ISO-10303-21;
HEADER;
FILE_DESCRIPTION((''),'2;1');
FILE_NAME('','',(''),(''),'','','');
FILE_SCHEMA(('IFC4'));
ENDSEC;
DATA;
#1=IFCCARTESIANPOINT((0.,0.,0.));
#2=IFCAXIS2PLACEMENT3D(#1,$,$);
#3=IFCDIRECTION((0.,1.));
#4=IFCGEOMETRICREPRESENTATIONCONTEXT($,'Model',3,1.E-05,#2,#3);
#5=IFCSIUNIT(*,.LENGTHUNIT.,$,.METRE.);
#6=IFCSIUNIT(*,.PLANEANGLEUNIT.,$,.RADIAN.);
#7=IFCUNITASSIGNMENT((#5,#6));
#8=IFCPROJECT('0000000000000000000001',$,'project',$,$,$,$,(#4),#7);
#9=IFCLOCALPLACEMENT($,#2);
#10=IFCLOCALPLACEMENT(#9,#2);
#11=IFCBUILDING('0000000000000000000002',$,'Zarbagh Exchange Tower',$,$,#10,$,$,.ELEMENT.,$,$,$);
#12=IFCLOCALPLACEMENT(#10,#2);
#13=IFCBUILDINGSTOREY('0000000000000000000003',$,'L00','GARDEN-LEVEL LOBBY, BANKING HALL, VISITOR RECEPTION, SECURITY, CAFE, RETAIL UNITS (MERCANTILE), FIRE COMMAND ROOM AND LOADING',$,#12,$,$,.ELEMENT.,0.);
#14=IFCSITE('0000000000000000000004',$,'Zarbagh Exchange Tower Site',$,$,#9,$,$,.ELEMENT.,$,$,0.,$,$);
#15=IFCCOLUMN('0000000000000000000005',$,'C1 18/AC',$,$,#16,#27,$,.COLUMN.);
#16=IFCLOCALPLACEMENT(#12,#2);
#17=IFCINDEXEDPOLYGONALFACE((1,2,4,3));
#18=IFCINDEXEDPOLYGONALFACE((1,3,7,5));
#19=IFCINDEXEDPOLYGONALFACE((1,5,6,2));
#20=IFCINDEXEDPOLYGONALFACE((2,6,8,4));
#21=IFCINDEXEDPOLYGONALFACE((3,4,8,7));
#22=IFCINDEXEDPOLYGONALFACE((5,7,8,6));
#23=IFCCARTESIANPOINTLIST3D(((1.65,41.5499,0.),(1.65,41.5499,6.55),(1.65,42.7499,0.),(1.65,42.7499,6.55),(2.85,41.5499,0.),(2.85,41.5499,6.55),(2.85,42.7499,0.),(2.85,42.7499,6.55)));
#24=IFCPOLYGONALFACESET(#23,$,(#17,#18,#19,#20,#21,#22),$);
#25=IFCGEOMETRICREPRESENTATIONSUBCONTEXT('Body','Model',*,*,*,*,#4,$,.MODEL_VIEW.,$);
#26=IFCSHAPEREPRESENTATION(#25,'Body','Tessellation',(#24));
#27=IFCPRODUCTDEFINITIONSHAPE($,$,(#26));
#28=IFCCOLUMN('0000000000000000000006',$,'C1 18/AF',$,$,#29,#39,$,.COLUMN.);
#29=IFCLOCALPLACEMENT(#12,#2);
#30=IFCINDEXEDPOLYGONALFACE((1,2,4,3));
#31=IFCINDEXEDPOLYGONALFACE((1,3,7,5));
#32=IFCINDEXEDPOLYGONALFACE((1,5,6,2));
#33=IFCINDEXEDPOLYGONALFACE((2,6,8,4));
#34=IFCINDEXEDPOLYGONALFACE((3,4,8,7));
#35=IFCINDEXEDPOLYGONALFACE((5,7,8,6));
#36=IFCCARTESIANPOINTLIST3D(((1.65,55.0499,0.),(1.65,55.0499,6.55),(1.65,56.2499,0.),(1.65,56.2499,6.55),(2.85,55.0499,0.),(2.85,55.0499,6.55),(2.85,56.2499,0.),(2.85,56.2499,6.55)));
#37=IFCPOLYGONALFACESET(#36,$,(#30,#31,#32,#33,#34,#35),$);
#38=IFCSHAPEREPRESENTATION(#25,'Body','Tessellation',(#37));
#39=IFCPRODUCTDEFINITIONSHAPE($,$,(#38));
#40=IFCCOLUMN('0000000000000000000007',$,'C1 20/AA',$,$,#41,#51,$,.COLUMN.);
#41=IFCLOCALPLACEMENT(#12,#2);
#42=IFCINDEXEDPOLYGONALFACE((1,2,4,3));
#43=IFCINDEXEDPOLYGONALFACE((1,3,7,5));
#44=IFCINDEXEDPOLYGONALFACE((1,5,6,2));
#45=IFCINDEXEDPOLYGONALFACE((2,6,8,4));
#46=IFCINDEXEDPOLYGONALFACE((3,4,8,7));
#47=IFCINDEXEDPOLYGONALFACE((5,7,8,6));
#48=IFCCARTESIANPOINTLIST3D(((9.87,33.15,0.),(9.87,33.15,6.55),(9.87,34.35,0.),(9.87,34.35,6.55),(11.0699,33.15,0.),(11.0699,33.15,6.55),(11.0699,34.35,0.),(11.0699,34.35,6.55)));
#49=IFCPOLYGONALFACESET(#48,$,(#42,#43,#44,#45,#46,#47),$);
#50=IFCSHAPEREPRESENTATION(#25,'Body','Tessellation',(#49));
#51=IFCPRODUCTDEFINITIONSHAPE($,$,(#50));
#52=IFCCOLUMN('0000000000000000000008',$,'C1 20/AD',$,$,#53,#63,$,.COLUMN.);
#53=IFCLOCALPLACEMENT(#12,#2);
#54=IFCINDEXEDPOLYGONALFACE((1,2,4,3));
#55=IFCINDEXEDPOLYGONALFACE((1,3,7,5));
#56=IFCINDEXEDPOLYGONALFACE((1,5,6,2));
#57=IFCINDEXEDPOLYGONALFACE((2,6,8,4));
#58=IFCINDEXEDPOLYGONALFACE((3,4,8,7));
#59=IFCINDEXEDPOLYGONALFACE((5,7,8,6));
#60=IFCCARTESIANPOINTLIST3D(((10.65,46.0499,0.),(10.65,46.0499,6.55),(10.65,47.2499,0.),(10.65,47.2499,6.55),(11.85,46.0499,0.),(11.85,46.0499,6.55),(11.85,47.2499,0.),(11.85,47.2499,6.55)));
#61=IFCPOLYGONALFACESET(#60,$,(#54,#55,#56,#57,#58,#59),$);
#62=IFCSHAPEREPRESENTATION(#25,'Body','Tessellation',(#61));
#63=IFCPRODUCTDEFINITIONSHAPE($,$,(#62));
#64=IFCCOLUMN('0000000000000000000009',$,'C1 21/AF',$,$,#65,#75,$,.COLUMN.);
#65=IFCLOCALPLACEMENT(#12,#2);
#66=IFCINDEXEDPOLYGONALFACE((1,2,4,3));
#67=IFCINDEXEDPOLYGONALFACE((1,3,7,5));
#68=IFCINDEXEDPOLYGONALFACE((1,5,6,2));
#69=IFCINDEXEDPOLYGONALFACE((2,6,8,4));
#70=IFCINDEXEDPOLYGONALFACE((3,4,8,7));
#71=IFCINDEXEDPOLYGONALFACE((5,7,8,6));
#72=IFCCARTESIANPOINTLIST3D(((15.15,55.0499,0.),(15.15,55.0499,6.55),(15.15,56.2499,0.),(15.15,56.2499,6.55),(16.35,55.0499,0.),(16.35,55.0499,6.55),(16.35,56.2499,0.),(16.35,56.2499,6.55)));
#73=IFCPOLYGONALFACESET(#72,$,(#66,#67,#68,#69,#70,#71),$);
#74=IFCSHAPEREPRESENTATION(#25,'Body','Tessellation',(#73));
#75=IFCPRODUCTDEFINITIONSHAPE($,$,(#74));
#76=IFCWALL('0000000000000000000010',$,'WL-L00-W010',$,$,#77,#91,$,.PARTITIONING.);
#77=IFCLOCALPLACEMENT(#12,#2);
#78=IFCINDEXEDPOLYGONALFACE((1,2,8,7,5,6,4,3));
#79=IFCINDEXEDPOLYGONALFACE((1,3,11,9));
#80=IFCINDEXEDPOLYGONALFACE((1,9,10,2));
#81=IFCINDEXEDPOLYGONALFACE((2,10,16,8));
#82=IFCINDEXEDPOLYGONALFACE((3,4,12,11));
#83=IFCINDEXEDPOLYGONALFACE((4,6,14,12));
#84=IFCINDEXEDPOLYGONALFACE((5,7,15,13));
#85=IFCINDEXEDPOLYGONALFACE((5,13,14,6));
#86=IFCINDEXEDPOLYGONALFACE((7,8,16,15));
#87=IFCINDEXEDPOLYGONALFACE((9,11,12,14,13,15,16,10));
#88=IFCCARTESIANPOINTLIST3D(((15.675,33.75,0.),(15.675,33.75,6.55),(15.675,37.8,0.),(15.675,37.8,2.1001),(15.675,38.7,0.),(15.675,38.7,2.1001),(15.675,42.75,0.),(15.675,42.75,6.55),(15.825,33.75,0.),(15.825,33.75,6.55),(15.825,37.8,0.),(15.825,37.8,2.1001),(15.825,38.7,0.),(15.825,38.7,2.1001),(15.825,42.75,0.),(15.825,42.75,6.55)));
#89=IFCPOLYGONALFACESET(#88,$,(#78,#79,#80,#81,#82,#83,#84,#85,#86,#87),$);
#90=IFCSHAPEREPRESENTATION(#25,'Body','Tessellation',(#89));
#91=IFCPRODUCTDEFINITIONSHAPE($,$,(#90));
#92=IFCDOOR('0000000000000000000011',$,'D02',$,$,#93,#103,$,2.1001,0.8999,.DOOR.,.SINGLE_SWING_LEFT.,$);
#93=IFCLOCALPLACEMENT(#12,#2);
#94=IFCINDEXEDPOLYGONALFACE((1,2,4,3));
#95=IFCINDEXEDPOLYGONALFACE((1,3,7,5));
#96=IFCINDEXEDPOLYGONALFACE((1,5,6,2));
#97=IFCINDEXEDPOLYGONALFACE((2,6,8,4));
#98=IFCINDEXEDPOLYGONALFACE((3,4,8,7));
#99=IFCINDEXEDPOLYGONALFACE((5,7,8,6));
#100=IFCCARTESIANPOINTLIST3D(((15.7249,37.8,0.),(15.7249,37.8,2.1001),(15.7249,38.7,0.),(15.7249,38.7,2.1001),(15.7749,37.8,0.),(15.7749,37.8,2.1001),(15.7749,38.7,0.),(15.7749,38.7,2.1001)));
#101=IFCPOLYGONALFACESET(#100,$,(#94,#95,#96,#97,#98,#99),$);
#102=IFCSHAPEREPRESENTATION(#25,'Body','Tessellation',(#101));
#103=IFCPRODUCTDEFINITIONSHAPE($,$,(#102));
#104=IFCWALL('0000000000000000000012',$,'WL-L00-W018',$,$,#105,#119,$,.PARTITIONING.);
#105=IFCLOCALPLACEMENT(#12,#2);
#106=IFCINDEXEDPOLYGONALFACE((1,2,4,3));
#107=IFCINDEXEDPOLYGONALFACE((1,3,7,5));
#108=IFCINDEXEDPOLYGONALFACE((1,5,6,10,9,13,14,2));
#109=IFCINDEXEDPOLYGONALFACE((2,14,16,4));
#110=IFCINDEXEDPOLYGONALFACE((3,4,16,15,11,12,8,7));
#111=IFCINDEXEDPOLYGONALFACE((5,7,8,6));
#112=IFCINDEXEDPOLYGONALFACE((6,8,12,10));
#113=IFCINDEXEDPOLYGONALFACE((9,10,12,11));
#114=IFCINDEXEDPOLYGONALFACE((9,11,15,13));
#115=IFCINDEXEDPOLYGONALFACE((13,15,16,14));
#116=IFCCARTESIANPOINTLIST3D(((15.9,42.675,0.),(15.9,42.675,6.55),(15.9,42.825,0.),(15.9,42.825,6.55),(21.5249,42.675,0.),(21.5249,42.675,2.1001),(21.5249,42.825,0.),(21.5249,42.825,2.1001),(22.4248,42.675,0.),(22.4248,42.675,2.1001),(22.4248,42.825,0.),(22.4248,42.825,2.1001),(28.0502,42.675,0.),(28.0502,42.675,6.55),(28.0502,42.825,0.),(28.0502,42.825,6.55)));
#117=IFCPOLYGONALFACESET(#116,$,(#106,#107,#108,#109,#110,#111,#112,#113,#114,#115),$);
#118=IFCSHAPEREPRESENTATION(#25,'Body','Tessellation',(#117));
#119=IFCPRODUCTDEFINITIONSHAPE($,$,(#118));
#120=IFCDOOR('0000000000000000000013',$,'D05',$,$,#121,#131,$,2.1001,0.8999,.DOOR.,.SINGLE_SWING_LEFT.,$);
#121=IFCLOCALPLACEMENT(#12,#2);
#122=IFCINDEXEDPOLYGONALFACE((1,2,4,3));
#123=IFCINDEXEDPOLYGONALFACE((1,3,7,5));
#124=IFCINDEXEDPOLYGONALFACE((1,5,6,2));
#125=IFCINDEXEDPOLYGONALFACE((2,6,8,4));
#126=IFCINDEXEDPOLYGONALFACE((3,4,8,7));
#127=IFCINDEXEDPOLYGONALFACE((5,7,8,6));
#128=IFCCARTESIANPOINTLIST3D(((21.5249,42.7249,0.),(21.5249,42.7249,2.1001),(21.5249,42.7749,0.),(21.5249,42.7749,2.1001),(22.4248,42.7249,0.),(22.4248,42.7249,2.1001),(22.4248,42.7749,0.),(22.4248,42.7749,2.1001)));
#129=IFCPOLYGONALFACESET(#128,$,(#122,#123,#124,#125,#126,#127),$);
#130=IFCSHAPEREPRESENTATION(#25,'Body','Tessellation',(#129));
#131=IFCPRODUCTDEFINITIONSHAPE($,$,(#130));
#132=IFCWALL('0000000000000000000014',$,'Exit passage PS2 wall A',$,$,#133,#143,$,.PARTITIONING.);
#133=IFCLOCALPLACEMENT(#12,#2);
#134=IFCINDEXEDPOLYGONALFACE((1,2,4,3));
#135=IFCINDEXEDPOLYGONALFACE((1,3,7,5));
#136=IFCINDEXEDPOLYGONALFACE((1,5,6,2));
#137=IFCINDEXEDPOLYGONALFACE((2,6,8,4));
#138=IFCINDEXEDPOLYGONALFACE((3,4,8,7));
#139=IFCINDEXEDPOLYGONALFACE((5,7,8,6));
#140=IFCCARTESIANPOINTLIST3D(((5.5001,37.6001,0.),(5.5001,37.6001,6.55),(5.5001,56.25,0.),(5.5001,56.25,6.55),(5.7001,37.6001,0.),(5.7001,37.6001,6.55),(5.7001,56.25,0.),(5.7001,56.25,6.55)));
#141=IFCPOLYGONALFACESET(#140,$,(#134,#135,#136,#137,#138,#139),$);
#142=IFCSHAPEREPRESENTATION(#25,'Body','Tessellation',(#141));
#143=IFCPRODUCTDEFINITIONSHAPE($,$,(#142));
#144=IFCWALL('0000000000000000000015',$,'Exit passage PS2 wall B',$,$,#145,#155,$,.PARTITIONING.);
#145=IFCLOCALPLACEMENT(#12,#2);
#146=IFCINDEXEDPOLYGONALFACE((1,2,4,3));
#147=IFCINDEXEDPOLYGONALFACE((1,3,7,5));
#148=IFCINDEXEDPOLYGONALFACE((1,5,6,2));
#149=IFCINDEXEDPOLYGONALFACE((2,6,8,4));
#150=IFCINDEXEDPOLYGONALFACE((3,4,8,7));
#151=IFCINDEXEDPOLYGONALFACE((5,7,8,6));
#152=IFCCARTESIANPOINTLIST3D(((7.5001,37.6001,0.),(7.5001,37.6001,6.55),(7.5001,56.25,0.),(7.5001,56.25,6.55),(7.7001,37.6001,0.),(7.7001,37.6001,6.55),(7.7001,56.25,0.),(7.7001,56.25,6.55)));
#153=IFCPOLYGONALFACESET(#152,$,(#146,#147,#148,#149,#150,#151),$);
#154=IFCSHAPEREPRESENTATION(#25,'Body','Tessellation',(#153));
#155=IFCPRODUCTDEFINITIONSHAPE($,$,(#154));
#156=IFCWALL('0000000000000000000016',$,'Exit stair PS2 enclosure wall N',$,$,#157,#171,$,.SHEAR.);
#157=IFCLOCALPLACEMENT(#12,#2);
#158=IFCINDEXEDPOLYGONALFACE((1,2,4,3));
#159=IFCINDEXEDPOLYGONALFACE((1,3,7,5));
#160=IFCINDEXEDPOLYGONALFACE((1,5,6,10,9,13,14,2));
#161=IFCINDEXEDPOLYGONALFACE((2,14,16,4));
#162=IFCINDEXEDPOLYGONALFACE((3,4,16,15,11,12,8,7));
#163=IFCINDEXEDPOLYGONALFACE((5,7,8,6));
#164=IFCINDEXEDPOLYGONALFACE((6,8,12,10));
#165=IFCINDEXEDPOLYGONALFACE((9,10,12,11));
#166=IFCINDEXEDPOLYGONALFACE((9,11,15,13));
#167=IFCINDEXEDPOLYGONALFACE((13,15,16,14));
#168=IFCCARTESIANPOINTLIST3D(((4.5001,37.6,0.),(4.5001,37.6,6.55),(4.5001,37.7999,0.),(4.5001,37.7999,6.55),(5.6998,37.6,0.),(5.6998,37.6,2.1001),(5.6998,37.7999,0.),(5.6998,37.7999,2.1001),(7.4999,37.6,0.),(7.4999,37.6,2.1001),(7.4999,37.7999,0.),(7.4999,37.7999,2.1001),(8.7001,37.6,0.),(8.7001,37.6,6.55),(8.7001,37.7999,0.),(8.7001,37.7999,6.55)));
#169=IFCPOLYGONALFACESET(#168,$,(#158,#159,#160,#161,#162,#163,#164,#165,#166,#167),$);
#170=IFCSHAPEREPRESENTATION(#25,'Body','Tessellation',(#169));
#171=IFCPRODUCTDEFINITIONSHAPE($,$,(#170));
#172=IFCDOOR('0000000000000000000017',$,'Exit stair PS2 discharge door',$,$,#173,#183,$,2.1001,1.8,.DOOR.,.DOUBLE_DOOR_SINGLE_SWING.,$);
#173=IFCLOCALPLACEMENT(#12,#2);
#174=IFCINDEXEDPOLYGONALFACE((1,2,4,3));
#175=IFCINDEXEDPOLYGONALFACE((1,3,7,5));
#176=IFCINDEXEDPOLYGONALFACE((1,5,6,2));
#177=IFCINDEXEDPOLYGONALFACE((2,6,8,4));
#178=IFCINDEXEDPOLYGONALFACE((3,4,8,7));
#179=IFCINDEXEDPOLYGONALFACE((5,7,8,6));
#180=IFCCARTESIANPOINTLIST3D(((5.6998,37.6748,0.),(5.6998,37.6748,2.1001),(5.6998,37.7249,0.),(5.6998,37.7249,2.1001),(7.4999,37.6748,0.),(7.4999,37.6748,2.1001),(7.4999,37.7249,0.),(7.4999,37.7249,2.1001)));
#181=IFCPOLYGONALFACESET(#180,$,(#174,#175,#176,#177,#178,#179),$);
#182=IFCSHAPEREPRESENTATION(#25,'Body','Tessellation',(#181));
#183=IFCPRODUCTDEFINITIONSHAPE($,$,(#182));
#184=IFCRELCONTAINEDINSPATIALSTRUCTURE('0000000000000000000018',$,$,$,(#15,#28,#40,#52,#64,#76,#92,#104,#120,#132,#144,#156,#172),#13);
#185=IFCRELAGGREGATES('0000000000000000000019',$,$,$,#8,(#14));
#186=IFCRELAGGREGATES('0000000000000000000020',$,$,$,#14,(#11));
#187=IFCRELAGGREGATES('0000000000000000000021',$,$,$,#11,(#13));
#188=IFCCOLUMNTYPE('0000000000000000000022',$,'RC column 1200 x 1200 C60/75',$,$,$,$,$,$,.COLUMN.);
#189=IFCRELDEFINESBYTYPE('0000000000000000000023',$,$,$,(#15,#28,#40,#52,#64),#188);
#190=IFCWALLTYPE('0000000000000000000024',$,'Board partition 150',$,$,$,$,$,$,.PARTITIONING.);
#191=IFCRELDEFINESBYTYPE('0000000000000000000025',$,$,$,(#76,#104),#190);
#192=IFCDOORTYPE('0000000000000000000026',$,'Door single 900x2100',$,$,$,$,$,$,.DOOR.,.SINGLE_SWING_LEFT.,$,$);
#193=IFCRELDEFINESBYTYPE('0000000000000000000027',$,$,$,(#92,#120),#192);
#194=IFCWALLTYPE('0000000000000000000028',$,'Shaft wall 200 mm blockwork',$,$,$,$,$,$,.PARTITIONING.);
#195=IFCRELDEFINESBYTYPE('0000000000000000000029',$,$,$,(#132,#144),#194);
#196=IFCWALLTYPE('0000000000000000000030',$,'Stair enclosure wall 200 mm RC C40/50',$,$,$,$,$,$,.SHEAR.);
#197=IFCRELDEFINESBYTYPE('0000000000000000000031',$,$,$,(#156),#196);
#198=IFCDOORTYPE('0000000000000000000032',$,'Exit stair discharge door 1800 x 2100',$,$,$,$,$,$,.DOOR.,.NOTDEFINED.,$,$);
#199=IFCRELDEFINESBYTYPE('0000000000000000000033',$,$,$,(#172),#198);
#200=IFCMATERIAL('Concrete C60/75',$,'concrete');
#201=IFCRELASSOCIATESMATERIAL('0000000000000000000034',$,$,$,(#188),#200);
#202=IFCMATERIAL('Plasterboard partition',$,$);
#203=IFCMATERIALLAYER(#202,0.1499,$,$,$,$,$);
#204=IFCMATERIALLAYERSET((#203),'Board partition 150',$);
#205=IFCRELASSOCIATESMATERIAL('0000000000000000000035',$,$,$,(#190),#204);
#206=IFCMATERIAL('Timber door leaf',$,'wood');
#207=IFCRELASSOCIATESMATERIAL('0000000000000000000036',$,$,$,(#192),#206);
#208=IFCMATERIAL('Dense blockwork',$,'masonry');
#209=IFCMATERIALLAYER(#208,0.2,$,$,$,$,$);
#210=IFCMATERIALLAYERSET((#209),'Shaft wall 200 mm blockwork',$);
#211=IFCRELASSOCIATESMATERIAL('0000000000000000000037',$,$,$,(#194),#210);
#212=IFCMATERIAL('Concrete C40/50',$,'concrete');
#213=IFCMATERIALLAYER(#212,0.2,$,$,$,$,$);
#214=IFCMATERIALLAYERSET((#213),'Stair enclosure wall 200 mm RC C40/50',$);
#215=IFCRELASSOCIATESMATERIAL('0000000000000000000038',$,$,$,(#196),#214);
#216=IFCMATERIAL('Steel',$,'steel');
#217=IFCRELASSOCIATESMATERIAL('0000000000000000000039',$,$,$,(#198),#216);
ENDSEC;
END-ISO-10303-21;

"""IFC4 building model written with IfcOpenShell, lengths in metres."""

from ifc_helpers import new_model, si_unit, direction, frame, frame_2d, origin, origin_2d, place, context, subcontext, project, spatial, rectangle, extrude, material, layer, layer_set, material_profile, profile_set, type_object, element, fill, save


model = new_model("IFC4")

# Units and contexts
model_context = context("Model", 3, precision=1e-05, world=origin(), true_north=direction((0.0, 1.0)))
body_context = subcontext(model_context, "Body", "Model", "MODEL_VIEW")
ifc_project = project(units=[si_unit("LENGTHUNIT", "METRE"), si_unit("PLANEANGLEUNIT", "RADIAN")], contexts=[model_context])

# Site, building, storey
site_placement = place(None, origin())
site = spatial("IfcSite", under=ifc_project, at=site_placement, Name="Zarbagh Exchange Tower Site", CompositionType="ELEMENT", RefElevation=0.0)
building_placement = place(site_placement, origin())
building = spatial("IfcBuilding", under=site, at=building_placement, Name="Zarbagh Exchange Tower", CompositionType="ELEMENT")
storey_placement = place(building_placement, origin())
storey = spatial("IfcBuildingStorey", under=building, at=storey_placement, Name="L00", Description="GARDEN-LEVEL LOBBY, BANKING HALL, VISITOR RECEPTION, SECURITY, CAFE, RETAIL UNITS (MERCANTILE), FIRE COMMAND ROOM AND LOADING", CompositionType="ELEMENT", Elevation=0.0)

# Columns
ifc_material_1 = material(Name="Concrete C60/75", Category="concrete")
ifc_material_profile = material_profile(ifc_material_1, rectangle(XDim=1.2, YDim=1.2, at=origin_2d()), Name="RC column 1200 x 1200 C60/75")
ifc_profile_set = profile_set([ifc_material_profile], Name="Concrete C60/75")
column_type = type_object("IfcColumnType", Name="RC column 1200 x 1200 C60/75", PredefinedType="COLUMN", material=ifc_profile_set)
for number, where, z_axis, x_axis, name in (
    (1, (2.25, 42.1499, 0.0), (0.0, 0.0, 1.0), (1.0, 0.0, 0.0), "C1 18/AC"),
    (2, (2.25, 55.6499, 0.0), (0.0, 0.0, 1.0), (1.0, 0.0, 0.0), "C1 18/AF"),
    (3, (10.47, 33.75, 0.0), (0.0, 0.0, 1.0), (1.0, 0.0, 0.0), "C1 20/AA"),
    (4, (11.25, 46.6499, 0.0), (0.0, 0.0, 1.0), (1.0, 0.0, 0.0), "C1 20/AD"),
    (5, (15.75, 55.6499, 0.0), (0.0, 0.0, 1.0), (1.0, 0.0, 0.0), "C1 21/AF"),
):
    element("IfcColumn", number, at=place(storey_placement, frame(where, z_axis=z_axis, x_axis=x_axis)), inside=storey, type_object=column_type, Name=name, PredefinedType="COLUMN", context=body_context, shape_type="SweptSolid", body=[
        extrude(rectangle(XDim=1.2, YDim=1.2, at=origin_2d()), origin(), (0.0, 0.0, 1.0), 6.55),
    ])

# Walls, openings, doors
ifc_material_2 = material(Name="Plasterboard partition")
ifc_layer_1 = layer(ifc_material_2, 0.1499)
ifc_layer_set_1 = layer_set([ifc_layer_1], Name="Board partition 150")
wall_type_1 = type_object("IfcWallType", Name="Board partition 150", PredefinedType="PARTITIONING", material=ifc_layer_set_1)
wall_1_placement = place(storey_placement, frame((15.75, 42.75, 0.0), z_axis=(0.0, 0.0, 1.0), x_axis=(0.0, -1.0, 0.0)))
wall_1 = element("IfcWall", 6, at=wall_1_placement, inside=storey, type_object=wall_type_1, Name="WL-L00-W010", PredefinedType="PARTITIONING", context=body_context, shape_type="SweptSolid", body=[
    extrude(rectangle(XDim=9.0, YDim=0.1499, at=frame_2d((4.5, 0.0))), origin(), (0.0, 0.0, 1.0), 6.55),
])
opening_1_placement = place(wall_1_placement, frame((4.05, 0.0, 0.0)))
opening_1 = element("IfcOpeningElement", 7, at=opening_1_placement, cuts=wall_1, PredefinedType="OPENING", context=body_context, shape_type="SweptSolid", body=[
    extrude(rectangle(XDim=0.8999, YDim=2.1001, at=frame_2d((0.45, 1.05))), frame((0.0, 0.085, 0.0), z_axis=(0.0, -1.0, 0.0), x_axis=(1.0, 0.0, 0.0)), (0.0, 0.0, 1.0), 0.1699),
])
ifc_material_3 = material(Name="Timber door leaf", Category="wood")
door_type_1 = type_object("IfcDoorType", Name="Door single 900x2100", OperationType="SINGLE_SWING_LEFT", PredefinedType="DOOR", material=ifc_material_3)
door_1_placement = place(opening_1_placement, origin())
door_1 = element("IfcDoor", 8, at=door_1_placement, inside=storey, type_object=door_type_1, Name="D02", OperationType="SINGLE_SWING_LEFT", OverallHeight=2.1001, OverallWidth=0.8999, PredefinedType="DOOR", context=body_context, shape_type="SweptSolid", body=[
    extrude(rectangle(XDim=0.8999, YDim=2.1001, at=frame_2d((0.45, 1.05))), frame((0.0, 0.0249, 0.0), z_axis=(0.0, -1.0, 0.0), x_axis=(1.0, 0.0, 0.0)), (0.0, 0.0, 1.0), 0.05),
])
fill(opening_1, door_1)
wall_2_placement = place(storey_placement, frame((15.8999, 42.75, 0.0), z_axis=(0.0, 0.0, 1.0), x_axis=(1.0, 0.0, 0.0)))
wall_2 = element("IfcWall", 9, at=wall_2_placement, inside=storey, type_object=wall_type_1, Name="WL-L00-W018", PredefinedType="PARTITIONING", context=body_context, shape_type="SweptSolid", body=[
    extrude(rectangle(XDim=12.1501, YDim=0.1499, at=frame_2d((6.0752, 0.0))), origin(), (0.0, 0.0, 1.0), 6.55),
])
opening_2_placement = place(wall_2_placement, frame((5.625, 0.0, 0.0)))
opening_2 = element("IfcOpeningElement", 10, at=opening_2_placement, cuts=wall_2, PredefinedType="OPENING", context=body_context, shape_type="SweptSolid", body=[
    extrude(rectangle(XDim=0.8999, YDim=2.1001, at=frame_2d((0.45, 1.05))), frame((0.0, 0.085, 0.0), z_axis=(0.0, -1.0, 0.0), x_axis=(1.0, 0.0, 0.0)), (0.0, 0.0, 1.0), 0.1699),
])
door_2_placement = place(opening_2_placement, origin())
door_2 = element("IfcDoor", 11, at=door_2_placement, inside=storey, type_object=door_type_1, Name="D05", OperationType="SINGLE_SWING_LEFT", OverallHeight=2.1001, OverallWidth=0.8999, PredefinedType="DOOR", context=body_context, shape_type="SweptSolid", body=[
    extrude(rectangle(XDim=0.8999, YDim=2.1001, at=frame_2d((0.45, 1.05))), frame((0.0, 0.0249, 0.0), z_axis=(0.0, -1.0, 0.0), x_axis=(1.0, 0.0, 0.0)), (0.0, 0.0, 1.0), 0.05),
])
fill(opening_2, door_2)

# Walls
ifc_material_4 = material(Name="Dense blockwork", Category="masonry")
ifc_layer_2 = layer(ifc_material_4, 0.2)
ifc_layer_set_2 = layer_set([ifc_layer_2], Name="Shaft wall 200 mm blockwork")
wall_type_2 = type_object("IfcWallType", Name="Shaft wall 200 mm blockwork", PredefinedType="PARTITIONING", material=ifc_layer_set_2)
for number, where, z_axis, x_axis, name in (
    (12, (5.6001, 37.6001, 0.0), (0.0, 0.0, 1.0), (0.0, 1.0, 0.0), "Exit passage PS2 wall A"),
    (13, (7.6001, 37.6001, 0.0), (0.0, 0.0, 1.0), (0.0, 1.0, 0.0), "Exit passage PS2 wall B"),
):
    element("IfcWall", number, at=place(storey_placement, frame(where, z_axis=z_axis, x_axis=x_axis)), inside=storey, type_object=wall_type_2, Name=name, PredefinedType="PARTITIONING", context=body_context, shape_type="SweptSolid", body=[
        extrude(rectangle(XDim=18.6499, YDim=0.2, at=frame_2d((9.325, 0.0))), origin(), (0.0, 0.0, 1.0), 6.55),
    ])

# Wall, opening, door
ifc_material_5 = material(Name="Concrete C40/50", Category="concrete")
ifc_layer_3 = layer(ifc_material_5, 0.2)
ifc_layer_set_3 = layer_set([ifc_layer_3], Name="Stair enclosure wall 200 mm RC C40/50")
wall_type_3 = type_object("IfcWallType", Name="Stair enclosure wall 200 mm RC C40/50", PredefinedType="SHEAR", material=ifc_layer_set_3)
wall_3_placement = place(storey_placement, frame((4.5, 37.7, 0.0), z_axis=(0.0, 0.0, 1.0), x_axis=(1.0, 0.0, 0.0)))
wall_3 = element("IfcWall", 14, at=wall_3_placement, inside=storey, type_object=wall_type_3, Name="Exit stair PS2 enclosure wall N", PredefinedType="SHEAR", context=body_context, shape_type="SweptSolid", body=[
    extrude(rectangle(XDim=4.2, YDim=0.2, at=frame_2d((2.1001, 0.0))), origin(), (0.0, 0.0, 1.0), 6.55),
])
opening_3_placement = place(wall_3_placement, frame((1.2, 0.0, 0.0)))
opening_3 = element("IfcOpeningElement", 15, at=opening_3_placement, cuts=wall_3, PredefinedType="OPENING", context=body_context, shape_type="SweptSolid", body=[
    extrude(rectangle(XDim=1.8, YDim=2.1001, at=frame_2d((0.8999, 1.05))), frame((0.0, 0.1099, 0.0), z_axis=(0.0, -1.0, 0.0), x_axis=(1.0, 0.0, 0.0)), (0.0, 0.0, 1.0), 0.22),
])
ifc_material_6 = material(Name="Steel", Category="steel")
door_type_2 = type_object("IfcDoorType", Name="Exit stair discharge door 1800 x 2100", OperationType="NOTDEFINED", PredefinedType="DOOR", material=ifc_material_6)
door_3_placement = place(opening_3_placement, origin())
door_3 = element("IfcDoor", 16, at=door_3_placement, inside=storey, type_object=door_type_2, Name="Exit stair PS2 discharge door", OperationType="DOUBLE_DOOR_SINGLE_SWING", OverallHeight=2.1001, OverallWidth=1.8, PredefinedType="DOOR", context=body_context, shape_type="SweptSolid", body=[
    extrude(rectangle(XDim=1.8, YDim=2.1001, at=frame_2d((0.8999, 1.05))), frame((0.0, 0.0249, 0.0), z_axis=(0.0, -1.0, 0.0), x_axis=(1.0, 0.0, 0.0)), (0.0, 0.0, 1.0), 0.05),
])
fill(opening_3, door_3)

save(model, "model.ifc")
